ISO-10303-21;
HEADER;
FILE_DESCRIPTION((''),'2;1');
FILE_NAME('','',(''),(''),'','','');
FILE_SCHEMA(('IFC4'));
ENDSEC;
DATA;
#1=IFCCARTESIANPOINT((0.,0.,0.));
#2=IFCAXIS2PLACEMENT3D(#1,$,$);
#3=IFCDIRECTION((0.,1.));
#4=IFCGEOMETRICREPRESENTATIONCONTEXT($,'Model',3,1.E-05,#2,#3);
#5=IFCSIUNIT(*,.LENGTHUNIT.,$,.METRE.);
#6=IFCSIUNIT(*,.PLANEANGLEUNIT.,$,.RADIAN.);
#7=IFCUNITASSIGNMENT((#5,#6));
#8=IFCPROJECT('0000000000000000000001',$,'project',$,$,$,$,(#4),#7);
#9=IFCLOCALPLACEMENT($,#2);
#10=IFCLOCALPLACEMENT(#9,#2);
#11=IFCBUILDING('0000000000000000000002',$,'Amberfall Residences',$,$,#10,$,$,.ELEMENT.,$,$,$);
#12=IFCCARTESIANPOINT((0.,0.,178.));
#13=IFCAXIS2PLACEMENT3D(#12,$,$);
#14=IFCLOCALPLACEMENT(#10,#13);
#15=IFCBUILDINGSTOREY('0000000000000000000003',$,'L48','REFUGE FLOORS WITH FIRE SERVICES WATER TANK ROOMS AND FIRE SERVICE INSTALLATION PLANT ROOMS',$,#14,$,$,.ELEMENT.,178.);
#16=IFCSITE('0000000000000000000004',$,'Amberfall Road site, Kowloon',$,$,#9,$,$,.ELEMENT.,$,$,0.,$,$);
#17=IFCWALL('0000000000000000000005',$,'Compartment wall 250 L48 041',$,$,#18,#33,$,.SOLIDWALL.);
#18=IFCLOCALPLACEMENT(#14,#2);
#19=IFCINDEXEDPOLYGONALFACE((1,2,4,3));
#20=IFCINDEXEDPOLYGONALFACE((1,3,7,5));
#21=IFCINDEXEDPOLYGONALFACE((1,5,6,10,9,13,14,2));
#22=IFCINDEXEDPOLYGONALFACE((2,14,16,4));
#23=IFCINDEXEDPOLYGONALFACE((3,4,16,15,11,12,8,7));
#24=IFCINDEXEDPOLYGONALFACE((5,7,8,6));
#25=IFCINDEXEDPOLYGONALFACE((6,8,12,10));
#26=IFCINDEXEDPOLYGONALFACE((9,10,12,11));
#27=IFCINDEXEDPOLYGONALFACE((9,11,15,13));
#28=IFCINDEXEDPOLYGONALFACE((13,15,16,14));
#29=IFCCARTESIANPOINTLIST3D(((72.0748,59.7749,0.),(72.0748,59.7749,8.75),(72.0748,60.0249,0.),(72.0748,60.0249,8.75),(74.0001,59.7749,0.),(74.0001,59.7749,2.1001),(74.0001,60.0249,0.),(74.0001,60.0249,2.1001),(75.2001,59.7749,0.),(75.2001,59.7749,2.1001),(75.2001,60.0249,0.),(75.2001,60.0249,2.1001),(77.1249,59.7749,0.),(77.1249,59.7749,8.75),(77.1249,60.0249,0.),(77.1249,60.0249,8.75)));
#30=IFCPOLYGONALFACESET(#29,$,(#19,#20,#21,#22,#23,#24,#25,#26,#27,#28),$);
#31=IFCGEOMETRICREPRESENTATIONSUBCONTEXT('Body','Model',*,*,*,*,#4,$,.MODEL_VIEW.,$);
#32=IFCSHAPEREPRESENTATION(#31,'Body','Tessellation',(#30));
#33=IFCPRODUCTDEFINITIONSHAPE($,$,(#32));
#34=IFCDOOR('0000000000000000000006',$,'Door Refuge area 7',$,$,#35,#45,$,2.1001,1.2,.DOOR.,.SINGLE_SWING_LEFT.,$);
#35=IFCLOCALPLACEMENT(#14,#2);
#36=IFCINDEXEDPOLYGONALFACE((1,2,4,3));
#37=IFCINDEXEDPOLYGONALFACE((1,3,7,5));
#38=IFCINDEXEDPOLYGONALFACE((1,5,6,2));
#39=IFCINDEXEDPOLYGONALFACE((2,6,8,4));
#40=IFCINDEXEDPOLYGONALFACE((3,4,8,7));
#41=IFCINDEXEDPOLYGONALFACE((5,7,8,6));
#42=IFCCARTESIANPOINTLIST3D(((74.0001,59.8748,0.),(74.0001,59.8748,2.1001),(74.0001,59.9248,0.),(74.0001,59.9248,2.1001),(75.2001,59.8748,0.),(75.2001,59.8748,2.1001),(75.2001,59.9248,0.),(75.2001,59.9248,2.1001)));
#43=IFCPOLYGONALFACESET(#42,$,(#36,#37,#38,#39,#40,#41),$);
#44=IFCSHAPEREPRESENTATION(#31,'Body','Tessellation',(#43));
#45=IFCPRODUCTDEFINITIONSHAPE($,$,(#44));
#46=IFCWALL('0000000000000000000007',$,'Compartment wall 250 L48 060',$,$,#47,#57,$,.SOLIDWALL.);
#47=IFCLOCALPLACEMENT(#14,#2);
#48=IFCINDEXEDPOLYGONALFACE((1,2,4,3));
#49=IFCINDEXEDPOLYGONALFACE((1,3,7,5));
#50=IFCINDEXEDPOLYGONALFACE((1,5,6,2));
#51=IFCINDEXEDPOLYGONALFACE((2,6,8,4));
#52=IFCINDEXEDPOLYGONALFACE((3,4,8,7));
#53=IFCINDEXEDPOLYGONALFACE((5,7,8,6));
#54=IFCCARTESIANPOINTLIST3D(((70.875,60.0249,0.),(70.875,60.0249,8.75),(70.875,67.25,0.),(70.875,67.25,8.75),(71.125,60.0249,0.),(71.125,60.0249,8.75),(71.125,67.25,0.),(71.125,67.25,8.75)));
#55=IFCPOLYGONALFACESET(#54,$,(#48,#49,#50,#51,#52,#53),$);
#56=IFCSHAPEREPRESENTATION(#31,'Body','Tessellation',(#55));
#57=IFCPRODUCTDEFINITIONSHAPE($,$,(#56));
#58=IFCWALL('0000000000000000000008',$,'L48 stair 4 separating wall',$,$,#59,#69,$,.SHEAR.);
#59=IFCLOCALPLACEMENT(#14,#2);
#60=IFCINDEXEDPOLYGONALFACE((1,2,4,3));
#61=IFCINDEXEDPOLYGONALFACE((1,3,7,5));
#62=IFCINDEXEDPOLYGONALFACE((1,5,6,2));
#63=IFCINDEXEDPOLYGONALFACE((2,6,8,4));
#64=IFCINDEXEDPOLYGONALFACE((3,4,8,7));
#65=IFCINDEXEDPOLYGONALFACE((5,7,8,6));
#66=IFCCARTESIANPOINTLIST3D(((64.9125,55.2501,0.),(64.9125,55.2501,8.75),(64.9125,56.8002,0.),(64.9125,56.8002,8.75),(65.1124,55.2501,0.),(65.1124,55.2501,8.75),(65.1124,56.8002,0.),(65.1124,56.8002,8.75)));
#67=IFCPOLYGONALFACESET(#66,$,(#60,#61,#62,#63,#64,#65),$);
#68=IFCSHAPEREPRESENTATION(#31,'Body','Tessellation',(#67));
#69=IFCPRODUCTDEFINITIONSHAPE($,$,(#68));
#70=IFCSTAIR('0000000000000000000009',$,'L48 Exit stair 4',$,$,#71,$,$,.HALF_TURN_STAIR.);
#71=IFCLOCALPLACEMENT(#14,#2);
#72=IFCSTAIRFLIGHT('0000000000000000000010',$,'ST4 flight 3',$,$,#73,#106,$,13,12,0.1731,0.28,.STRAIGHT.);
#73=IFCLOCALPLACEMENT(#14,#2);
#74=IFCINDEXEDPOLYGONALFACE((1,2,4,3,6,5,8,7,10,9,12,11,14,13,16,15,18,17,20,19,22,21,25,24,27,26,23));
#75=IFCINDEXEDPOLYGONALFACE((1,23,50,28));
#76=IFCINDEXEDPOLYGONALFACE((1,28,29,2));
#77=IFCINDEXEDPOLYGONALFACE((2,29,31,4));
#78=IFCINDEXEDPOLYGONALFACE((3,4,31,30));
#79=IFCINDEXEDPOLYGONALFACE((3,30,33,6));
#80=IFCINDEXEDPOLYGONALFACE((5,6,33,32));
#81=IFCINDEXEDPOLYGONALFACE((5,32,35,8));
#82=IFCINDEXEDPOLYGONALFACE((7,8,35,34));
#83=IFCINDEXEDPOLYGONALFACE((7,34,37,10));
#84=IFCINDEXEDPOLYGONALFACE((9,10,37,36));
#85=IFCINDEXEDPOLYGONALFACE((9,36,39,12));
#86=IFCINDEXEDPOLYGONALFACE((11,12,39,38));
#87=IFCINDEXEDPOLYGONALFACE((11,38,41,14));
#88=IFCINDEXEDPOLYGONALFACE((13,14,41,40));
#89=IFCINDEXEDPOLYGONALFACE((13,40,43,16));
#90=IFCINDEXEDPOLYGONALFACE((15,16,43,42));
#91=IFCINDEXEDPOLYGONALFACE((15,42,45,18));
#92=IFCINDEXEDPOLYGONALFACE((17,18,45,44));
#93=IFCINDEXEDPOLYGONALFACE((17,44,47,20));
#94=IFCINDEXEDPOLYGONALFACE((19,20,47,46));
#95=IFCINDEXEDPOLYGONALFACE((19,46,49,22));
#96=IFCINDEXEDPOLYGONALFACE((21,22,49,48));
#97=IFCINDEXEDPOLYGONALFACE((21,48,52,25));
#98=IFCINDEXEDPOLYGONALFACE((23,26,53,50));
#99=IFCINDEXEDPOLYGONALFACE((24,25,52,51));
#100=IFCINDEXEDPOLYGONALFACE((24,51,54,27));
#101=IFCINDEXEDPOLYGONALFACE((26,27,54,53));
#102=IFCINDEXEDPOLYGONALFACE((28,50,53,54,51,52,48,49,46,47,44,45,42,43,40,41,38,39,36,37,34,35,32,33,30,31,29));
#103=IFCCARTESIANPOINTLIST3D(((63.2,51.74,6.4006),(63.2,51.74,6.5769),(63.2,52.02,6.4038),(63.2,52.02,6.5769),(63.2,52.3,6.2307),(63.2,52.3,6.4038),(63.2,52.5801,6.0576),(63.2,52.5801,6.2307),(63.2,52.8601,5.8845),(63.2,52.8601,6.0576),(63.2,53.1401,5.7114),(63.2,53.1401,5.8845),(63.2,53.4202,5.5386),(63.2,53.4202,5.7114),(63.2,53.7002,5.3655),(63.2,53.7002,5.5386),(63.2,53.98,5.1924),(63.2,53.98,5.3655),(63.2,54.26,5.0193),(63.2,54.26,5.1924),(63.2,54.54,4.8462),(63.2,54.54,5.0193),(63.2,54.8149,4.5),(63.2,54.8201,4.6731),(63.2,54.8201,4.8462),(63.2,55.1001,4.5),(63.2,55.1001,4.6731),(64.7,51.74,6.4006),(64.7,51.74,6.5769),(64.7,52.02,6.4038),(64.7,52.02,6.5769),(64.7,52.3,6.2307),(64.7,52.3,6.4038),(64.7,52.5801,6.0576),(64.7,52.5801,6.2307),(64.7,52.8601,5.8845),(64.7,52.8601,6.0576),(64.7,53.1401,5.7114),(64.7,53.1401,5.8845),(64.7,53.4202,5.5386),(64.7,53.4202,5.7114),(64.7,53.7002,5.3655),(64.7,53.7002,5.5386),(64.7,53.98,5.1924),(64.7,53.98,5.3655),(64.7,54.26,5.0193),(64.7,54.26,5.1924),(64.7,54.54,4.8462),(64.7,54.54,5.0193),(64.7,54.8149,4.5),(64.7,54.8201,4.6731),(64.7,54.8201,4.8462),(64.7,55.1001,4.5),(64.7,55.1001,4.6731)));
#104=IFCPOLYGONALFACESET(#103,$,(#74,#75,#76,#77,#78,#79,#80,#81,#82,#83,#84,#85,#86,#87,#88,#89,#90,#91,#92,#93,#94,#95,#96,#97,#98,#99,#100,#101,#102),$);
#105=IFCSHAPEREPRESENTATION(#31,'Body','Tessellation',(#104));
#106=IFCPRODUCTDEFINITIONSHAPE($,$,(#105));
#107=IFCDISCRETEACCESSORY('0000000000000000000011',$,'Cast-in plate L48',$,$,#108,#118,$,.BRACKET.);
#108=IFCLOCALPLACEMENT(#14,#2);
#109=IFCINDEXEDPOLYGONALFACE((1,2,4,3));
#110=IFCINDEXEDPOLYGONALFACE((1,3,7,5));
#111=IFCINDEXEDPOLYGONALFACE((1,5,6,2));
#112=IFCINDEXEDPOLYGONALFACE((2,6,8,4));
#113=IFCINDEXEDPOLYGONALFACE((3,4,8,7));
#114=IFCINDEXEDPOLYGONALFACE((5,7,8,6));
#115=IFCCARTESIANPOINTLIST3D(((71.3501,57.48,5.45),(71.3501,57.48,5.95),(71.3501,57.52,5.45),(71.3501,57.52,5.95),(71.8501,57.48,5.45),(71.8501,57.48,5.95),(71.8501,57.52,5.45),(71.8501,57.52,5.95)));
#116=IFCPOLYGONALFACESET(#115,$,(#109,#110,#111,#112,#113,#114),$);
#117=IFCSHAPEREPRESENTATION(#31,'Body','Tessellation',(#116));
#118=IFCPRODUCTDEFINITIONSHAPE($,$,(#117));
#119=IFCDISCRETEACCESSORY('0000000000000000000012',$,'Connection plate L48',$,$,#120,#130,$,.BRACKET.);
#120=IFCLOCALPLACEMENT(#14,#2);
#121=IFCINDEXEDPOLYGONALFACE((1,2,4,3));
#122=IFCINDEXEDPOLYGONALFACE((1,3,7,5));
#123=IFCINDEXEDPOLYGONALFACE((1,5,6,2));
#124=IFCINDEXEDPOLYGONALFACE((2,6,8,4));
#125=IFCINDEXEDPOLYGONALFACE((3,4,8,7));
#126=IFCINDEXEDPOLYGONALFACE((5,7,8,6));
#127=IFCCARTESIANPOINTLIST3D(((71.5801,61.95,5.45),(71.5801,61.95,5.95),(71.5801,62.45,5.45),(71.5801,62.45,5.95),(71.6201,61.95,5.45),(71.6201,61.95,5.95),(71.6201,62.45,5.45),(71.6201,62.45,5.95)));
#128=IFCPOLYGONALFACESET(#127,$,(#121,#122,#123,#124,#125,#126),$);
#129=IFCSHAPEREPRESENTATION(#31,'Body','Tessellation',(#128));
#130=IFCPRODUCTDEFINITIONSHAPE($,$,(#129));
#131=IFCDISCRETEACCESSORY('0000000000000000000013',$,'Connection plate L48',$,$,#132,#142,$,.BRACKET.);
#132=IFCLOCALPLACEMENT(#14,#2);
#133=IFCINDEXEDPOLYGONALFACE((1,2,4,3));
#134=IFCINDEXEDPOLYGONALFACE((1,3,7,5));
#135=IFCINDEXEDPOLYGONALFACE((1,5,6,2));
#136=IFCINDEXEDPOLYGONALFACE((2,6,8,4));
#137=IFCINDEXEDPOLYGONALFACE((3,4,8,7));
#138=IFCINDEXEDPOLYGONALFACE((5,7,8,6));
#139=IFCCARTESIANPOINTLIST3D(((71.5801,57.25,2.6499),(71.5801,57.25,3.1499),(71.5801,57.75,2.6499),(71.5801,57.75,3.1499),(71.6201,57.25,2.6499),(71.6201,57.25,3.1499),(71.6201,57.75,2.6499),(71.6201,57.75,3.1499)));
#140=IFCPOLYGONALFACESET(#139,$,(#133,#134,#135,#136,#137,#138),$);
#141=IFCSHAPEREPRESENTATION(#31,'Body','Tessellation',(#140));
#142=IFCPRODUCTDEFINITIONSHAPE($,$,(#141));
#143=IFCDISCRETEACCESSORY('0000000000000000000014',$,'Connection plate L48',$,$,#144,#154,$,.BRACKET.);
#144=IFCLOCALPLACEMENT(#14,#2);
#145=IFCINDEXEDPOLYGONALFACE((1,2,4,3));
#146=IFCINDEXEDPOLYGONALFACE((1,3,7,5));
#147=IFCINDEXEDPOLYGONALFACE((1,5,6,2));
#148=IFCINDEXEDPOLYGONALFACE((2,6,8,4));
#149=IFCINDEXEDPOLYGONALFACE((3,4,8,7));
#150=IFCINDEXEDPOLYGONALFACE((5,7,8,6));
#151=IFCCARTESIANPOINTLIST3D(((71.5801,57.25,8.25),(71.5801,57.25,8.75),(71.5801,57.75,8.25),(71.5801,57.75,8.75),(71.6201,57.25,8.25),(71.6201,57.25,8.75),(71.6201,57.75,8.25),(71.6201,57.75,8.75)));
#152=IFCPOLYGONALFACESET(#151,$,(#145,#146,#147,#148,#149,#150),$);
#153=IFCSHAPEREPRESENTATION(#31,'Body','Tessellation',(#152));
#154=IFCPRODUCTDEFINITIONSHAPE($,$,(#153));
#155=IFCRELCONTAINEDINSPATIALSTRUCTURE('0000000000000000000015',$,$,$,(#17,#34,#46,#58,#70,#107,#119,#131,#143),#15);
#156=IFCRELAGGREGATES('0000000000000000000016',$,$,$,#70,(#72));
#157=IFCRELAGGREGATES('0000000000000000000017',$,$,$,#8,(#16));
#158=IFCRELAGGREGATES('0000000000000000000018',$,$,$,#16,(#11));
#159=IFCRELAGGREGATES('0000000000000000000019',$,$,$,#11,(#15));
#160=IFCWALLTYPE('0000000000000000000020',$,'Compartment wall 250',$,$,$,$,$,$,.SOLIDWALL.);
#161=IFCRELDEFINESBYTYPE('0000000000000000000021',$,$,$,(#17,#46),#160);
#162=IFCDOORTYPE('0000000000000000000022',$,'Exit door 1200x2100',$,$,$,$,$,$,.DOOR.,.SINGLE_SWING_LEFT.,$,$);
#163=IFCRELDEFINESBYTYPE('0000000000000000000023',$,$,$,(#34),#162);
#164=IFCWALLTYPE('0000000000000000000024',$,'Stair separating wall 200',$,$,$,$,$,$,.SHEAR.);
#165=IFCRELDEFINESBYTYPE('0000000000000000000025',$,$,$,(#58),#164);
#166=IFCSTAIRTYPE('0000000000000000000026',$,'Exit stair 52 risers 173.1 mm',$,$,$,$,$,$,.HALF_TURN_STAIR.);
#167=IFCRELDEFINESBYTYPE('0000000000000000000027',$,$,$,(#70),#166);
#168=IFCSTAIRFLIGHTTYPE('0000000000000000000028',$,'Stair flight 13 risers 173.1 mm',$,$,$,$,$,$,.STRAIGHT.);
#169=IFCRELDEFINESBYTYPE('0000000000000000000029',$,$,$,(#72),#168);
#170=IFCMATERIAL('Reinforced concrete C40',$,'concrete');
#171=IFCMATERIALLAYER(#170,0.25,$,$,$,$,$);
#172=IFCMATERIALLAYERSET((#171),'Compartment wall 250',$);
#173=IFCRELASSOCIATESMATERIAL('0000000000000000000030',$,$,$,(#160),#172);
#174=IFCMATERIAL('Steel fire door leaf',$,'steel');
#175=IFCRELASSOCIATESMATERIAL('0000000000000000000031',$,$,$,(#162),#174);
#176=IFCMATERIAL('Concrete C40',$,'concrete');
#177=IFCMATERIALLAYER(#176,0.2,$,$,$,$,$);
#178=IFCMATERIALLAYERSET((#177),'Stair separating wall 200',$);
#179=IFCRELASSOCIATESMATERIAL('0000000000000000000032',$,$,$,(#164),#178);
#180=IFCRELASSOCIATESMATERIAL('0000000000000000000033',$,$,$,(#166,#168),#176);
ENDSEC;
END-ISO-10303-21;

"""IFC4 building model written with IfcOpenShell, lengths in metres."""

from ifc_helpers import new_model, si_unit, direction, frame, frame_2d, origin, origin_2d, place, context, subcontext, project, spatial, polyline, rectangle, outline, extrude, material, layer, layer_set, type_object, element, fill, aggregate, save


model = new_model("IFC4")

# Units and contexts
model_context = context("Model", 3, precision=1e-05, world=origin(), true_north=direction((0.0, 1.0)))
body_context = subcontext(model_context, "Body", "Model", "MODEL_VIEW")
ifc_project = project(units=[si_unit("LENGTHUNIT", "METRE"), si_unit("PLANEANGLEUNIT", "RADIAN")], contexts=[model_context])

# Site, building, storey
site_placement = place(None, origin())
site = spatial("IfcSite", under=ifc_project, at=site_placement, Name="Amberfall Road site, Kowloon", CompositionType="ELEMENT", RefElevation=0.0)
building_placement = place(site_placement, origin())
building = spatial("IfcBuilding", under=site, at=building_placement, Name="Amberfall Residences", CompositionType="ELEMENT")
storey_placement = place(building_placement, frame((0.0, 0.0, 178.0)))
storey = spatial("IfcBuildingStorey", under=building, at=storey_placement, Name="L48", Description="REFUGE FLOORS WITH FIRE SERVICES WATER TANK ROOMS AND FIRE SERVICE INSTALLATION PLANT ROOMS", CompositionType="ELEMENT", Elevation=178.0)

# Shared definitions
ifc_material_1 = material(Name="Reinforced concrete C40", Category="concrete")
ifc_layer_1 = layer(ifc_material_1, 0.25)
ifc_layer_set_1 = layer_set([ifc_layer_1], Name="Compartment wall 250")
wall_type_1 = type_object("IfcWallType", Name="Compartment wall 250", PredefinedType="SOLIDWALL", material=ifc_layer_set_1)

# Wall, opening, door
wall_1_placement = place(storey_placement, frame((72.075, 59.8999, 0.0), z_axis=(0.0, 0.0, 1.0), x_axis=(1.0, 0.0, 0.0)))
wall_1 = element("IfcWall", 1, at=wall_1_placement, inside=storey, type_object=wall_type_1, Name="Compartment wall 250 L48 041", PredefinedType="SOLIDWALL", context=body_context, shape_type="SweptSolid", body=[
    extrude(rectangle(XDim=5.05, YDim=0.25, at=frame_2d((2.5249, 0.0))), origin(), (0.0, 0.0, 1.0), 8.75),
])
opening_placement = place(wall_1_placement, frame((1.925, 0.0, 0.0)))
opening = element("IfcOpeningElement", 2, at=opening_placement, cuts=wall_1, PredefinedType="OPENING", context=body_context, shape_type="SweptSolid", body=[
    extrude(rectangle(XDim=1.2, YDim=2.1001, at=frame_2d((0.6001, 1.05))), frame((0.0, 0.135, 0.0), z_axis=(0.0, -1.0, 0.0), x_axis=(1.0, 0.0, 0.0)), (0.0, 0.0, 1.0), 0.27),
])
ifc_material_2 = material(Name="Steel fire door leaf", Category="steel")
door_type = type_object("IfcDoorType", Name="Exit door 1200x2100", OperationType="SINGLE_SWING_LEFT", PredefinedType="DOOR", material=ifc_material_2)
door_placement = place(opening_placement, origin())
door = element("IfcDoor", 3, at=door_placement, inside=storey, type_object=door_type, Name="Door Refuge area 7", OperationType="SINGLE_SWING_LEFT", OverallHeight=2.1001, OverallWidth=1.2, PredefinedType="DOOR", context=body_context, shape_type="SweptSolid", body=[
    extrude(rectangle(XDim=1.2, YDim=2.1001, at=frame_2d((0.6001, 1.05))), frame((0.0, 0.0249, 0.0), z_axis=(0.0, -1.0, 0.0), x_axis=(1.0, 0.0, 0.0)), (0.0, 0.0, 1.0), 0.05),
])
fill(opening, door)

# Walls
wall_2_placement = place(storey_placement, frame((71.0, 60.0249, 0.0), z_axis=(0.0, 0.0, 1.0), x_axis=(0.0, 1.0, 0.0)))
element("IfcWall", 4, at=wall_2_placement, inside=storey, type_object=wall_type_1, Name="Compartment wall 250 L48 060", PredefinedType="SOLIDWALL", context=body_context, shape_type="SweptSolid", body=[
    extrude(rectangle(XDim=7.2251, YDim=0.25, at=frame_2d((3.6125, 0.0))), origin(), (0.0, 0.0, 1.0), 8.75),
])
ifc_material_3 = material(Name="Concrete C40", Category="concrete")
ifc_layer_2 = layer(ifc_material_3, 0.2)
ifc_layer_set_2 = layer_set([ifc_layer_2], Name="Stair separating wall 200")
wall_type_2 = type_object("IfcWallType", Name="Stair separating wall 200", PredefinedType="SHEAR", material=ifc_layer_set_2)
wall_3_placement = place(storey_placement, frame((65.0125, 56.8, 0.0), z_axis=(0.0, 0.0, 1.0), x_axis=(0.0, -1.0, 0.0)))
element("IfcWall", 5, at=wall_3_placement, inside=storey, type_object=wall_type_2, Name="L48 stair 4 separating wall", PredefinedType="SHEAR", context=body_context, shape_type="SweptSolid", body=[
    extrude(rectangle(XDim=1.55, YDim=0.2, at=frame_2d((0.7749, 0.0))), origin(), (0.0, 0.0, 1.0), 8.75),
])

# Stair, stair flight
stair_type = type_object("IfcStairType", Name="Exit stair 52 risers 173.1 mm", PredefinedType="HALF_TURN_STAIR", material=ifc_material_3)
stair_placement = place(storey_placement, origin())
stair = element("IfcStair", 6, at=stair_placement, inside=storey, type_object=stair_type, Name="L48 Exit stair 4", PredefinedType="HALF_TURN_STAIR")
stair_flight_type = type_object("IfcStairFlightType", Name="Stair flight 13 risers 173.1 mm", PredefinedType="STRAIGHT", material=ifc_material_3)
stair_flight_placement = place(storey_placement, frame((63.95, 55.1001, 4.5), z_axis=(0.0, 0.0, 1.0), x_axis=(0.0, -1.0, 0.0)))
stair_flight = element("IfcStairFlight", 7, at=stair_flight_placement, type_object=stair_flight_type, Name="ST4 flight 3", NumberOfRisers=13, NumberOfTreads=12, PredefinedType="STRAIGHT", RiserHeight=0.1731, TreadLength=0.28, context=body_context, shape_type="SweptSolid", body=[
    extrude(outline(polyline([(0.0, 0.0), (0.0, 0.1731), (0.28, 0.1731), (0.28, 0.3462), (0.5601, 0.3462), (0.5601, 0.5193), (0.8401, 0.5193), (0.8401, 0.6924), (1.1201, 0.6924), (1.1201, 0.8655), (1.3999, 0.8655), (1.3999, 1.0386), (1.6799, 1.0386), (1.6799, 1.2114), (1.96, 1.2114), (1.96, 1.3845), (2.24, 1.3845), (2.24, 1.5576), (2.52, 1.5576), (2.52, 1.7307), (2.8, 1.7307), (2.8, 1.9038), (3.0801, 1.9038), (3.0801, 2.0769), (3.3601, 2.0769), (3.3601, 2.25), (3.3601, 1.9006), (0.2852, 0.0), (0.0, 0.0)])), frame((0.0, 0.75, 0.0), z_axis=(0.0, -1.0, 0.0), x_axis=(1.0, 0.0, 0.0)), (0.0, 0.0, 1.0), 1.5),
])
aggregate(stair, [stair_flight])

# Discrete accessories
discrete_accessory_placement = place(storey_placement, frame((71.6001, 57.5, 5.45), z_axis=(0.0, 0.0, 1.0), x_axis=(0.0, 1.0, 0.0)))
element("IfcDiscreteAccessory", 8, at=discrete_accessory_placement, inside=storey, Name="Cast-in plate L48", PredefinedType="BRACKET", context=body_context, shape_type="SweptSolid", body=[
    extrude(rectangle(XDim=0.04, YDim=0.5, at=origin_2d()), origin(), (0.0, 0.0, 1.0), 0.5),
])
for number, where, z_axis, x_axis, name in (
    (9, (71.6001, 62.2, 5.45), (0.0, 0.0, 1.0), (0.0, 1.0, 0.0), "Connection plate L48"),
    (10, (71.6001, 57.5, 2.6499), (0.0, 0.0, 1.0), (0.0, 1.0, 0.0), "Connection plate L48"),
    (11, (71.6001, 57.5, 8.25), (0.0, 0.0, 1.0), (0.0, 1.0, 0.0), "Connection plate L48"),
):
    element("IfcDiscreteAccessory", number, at=place(storey_placement, frame(where, z_axis=z_axis, x_axis=x_axis)), inside=storey, Name=name, PredefinedType="BRACKET", context=body_context, shape_type="SweptSolid", body=[
        extrude(rectangle(XDim=0.5, YDim=0.04, at=origin_2d()), origin(), (0.0, 0.0, 1.0), 0.5),
    ])

save(model, "model.ifc")
